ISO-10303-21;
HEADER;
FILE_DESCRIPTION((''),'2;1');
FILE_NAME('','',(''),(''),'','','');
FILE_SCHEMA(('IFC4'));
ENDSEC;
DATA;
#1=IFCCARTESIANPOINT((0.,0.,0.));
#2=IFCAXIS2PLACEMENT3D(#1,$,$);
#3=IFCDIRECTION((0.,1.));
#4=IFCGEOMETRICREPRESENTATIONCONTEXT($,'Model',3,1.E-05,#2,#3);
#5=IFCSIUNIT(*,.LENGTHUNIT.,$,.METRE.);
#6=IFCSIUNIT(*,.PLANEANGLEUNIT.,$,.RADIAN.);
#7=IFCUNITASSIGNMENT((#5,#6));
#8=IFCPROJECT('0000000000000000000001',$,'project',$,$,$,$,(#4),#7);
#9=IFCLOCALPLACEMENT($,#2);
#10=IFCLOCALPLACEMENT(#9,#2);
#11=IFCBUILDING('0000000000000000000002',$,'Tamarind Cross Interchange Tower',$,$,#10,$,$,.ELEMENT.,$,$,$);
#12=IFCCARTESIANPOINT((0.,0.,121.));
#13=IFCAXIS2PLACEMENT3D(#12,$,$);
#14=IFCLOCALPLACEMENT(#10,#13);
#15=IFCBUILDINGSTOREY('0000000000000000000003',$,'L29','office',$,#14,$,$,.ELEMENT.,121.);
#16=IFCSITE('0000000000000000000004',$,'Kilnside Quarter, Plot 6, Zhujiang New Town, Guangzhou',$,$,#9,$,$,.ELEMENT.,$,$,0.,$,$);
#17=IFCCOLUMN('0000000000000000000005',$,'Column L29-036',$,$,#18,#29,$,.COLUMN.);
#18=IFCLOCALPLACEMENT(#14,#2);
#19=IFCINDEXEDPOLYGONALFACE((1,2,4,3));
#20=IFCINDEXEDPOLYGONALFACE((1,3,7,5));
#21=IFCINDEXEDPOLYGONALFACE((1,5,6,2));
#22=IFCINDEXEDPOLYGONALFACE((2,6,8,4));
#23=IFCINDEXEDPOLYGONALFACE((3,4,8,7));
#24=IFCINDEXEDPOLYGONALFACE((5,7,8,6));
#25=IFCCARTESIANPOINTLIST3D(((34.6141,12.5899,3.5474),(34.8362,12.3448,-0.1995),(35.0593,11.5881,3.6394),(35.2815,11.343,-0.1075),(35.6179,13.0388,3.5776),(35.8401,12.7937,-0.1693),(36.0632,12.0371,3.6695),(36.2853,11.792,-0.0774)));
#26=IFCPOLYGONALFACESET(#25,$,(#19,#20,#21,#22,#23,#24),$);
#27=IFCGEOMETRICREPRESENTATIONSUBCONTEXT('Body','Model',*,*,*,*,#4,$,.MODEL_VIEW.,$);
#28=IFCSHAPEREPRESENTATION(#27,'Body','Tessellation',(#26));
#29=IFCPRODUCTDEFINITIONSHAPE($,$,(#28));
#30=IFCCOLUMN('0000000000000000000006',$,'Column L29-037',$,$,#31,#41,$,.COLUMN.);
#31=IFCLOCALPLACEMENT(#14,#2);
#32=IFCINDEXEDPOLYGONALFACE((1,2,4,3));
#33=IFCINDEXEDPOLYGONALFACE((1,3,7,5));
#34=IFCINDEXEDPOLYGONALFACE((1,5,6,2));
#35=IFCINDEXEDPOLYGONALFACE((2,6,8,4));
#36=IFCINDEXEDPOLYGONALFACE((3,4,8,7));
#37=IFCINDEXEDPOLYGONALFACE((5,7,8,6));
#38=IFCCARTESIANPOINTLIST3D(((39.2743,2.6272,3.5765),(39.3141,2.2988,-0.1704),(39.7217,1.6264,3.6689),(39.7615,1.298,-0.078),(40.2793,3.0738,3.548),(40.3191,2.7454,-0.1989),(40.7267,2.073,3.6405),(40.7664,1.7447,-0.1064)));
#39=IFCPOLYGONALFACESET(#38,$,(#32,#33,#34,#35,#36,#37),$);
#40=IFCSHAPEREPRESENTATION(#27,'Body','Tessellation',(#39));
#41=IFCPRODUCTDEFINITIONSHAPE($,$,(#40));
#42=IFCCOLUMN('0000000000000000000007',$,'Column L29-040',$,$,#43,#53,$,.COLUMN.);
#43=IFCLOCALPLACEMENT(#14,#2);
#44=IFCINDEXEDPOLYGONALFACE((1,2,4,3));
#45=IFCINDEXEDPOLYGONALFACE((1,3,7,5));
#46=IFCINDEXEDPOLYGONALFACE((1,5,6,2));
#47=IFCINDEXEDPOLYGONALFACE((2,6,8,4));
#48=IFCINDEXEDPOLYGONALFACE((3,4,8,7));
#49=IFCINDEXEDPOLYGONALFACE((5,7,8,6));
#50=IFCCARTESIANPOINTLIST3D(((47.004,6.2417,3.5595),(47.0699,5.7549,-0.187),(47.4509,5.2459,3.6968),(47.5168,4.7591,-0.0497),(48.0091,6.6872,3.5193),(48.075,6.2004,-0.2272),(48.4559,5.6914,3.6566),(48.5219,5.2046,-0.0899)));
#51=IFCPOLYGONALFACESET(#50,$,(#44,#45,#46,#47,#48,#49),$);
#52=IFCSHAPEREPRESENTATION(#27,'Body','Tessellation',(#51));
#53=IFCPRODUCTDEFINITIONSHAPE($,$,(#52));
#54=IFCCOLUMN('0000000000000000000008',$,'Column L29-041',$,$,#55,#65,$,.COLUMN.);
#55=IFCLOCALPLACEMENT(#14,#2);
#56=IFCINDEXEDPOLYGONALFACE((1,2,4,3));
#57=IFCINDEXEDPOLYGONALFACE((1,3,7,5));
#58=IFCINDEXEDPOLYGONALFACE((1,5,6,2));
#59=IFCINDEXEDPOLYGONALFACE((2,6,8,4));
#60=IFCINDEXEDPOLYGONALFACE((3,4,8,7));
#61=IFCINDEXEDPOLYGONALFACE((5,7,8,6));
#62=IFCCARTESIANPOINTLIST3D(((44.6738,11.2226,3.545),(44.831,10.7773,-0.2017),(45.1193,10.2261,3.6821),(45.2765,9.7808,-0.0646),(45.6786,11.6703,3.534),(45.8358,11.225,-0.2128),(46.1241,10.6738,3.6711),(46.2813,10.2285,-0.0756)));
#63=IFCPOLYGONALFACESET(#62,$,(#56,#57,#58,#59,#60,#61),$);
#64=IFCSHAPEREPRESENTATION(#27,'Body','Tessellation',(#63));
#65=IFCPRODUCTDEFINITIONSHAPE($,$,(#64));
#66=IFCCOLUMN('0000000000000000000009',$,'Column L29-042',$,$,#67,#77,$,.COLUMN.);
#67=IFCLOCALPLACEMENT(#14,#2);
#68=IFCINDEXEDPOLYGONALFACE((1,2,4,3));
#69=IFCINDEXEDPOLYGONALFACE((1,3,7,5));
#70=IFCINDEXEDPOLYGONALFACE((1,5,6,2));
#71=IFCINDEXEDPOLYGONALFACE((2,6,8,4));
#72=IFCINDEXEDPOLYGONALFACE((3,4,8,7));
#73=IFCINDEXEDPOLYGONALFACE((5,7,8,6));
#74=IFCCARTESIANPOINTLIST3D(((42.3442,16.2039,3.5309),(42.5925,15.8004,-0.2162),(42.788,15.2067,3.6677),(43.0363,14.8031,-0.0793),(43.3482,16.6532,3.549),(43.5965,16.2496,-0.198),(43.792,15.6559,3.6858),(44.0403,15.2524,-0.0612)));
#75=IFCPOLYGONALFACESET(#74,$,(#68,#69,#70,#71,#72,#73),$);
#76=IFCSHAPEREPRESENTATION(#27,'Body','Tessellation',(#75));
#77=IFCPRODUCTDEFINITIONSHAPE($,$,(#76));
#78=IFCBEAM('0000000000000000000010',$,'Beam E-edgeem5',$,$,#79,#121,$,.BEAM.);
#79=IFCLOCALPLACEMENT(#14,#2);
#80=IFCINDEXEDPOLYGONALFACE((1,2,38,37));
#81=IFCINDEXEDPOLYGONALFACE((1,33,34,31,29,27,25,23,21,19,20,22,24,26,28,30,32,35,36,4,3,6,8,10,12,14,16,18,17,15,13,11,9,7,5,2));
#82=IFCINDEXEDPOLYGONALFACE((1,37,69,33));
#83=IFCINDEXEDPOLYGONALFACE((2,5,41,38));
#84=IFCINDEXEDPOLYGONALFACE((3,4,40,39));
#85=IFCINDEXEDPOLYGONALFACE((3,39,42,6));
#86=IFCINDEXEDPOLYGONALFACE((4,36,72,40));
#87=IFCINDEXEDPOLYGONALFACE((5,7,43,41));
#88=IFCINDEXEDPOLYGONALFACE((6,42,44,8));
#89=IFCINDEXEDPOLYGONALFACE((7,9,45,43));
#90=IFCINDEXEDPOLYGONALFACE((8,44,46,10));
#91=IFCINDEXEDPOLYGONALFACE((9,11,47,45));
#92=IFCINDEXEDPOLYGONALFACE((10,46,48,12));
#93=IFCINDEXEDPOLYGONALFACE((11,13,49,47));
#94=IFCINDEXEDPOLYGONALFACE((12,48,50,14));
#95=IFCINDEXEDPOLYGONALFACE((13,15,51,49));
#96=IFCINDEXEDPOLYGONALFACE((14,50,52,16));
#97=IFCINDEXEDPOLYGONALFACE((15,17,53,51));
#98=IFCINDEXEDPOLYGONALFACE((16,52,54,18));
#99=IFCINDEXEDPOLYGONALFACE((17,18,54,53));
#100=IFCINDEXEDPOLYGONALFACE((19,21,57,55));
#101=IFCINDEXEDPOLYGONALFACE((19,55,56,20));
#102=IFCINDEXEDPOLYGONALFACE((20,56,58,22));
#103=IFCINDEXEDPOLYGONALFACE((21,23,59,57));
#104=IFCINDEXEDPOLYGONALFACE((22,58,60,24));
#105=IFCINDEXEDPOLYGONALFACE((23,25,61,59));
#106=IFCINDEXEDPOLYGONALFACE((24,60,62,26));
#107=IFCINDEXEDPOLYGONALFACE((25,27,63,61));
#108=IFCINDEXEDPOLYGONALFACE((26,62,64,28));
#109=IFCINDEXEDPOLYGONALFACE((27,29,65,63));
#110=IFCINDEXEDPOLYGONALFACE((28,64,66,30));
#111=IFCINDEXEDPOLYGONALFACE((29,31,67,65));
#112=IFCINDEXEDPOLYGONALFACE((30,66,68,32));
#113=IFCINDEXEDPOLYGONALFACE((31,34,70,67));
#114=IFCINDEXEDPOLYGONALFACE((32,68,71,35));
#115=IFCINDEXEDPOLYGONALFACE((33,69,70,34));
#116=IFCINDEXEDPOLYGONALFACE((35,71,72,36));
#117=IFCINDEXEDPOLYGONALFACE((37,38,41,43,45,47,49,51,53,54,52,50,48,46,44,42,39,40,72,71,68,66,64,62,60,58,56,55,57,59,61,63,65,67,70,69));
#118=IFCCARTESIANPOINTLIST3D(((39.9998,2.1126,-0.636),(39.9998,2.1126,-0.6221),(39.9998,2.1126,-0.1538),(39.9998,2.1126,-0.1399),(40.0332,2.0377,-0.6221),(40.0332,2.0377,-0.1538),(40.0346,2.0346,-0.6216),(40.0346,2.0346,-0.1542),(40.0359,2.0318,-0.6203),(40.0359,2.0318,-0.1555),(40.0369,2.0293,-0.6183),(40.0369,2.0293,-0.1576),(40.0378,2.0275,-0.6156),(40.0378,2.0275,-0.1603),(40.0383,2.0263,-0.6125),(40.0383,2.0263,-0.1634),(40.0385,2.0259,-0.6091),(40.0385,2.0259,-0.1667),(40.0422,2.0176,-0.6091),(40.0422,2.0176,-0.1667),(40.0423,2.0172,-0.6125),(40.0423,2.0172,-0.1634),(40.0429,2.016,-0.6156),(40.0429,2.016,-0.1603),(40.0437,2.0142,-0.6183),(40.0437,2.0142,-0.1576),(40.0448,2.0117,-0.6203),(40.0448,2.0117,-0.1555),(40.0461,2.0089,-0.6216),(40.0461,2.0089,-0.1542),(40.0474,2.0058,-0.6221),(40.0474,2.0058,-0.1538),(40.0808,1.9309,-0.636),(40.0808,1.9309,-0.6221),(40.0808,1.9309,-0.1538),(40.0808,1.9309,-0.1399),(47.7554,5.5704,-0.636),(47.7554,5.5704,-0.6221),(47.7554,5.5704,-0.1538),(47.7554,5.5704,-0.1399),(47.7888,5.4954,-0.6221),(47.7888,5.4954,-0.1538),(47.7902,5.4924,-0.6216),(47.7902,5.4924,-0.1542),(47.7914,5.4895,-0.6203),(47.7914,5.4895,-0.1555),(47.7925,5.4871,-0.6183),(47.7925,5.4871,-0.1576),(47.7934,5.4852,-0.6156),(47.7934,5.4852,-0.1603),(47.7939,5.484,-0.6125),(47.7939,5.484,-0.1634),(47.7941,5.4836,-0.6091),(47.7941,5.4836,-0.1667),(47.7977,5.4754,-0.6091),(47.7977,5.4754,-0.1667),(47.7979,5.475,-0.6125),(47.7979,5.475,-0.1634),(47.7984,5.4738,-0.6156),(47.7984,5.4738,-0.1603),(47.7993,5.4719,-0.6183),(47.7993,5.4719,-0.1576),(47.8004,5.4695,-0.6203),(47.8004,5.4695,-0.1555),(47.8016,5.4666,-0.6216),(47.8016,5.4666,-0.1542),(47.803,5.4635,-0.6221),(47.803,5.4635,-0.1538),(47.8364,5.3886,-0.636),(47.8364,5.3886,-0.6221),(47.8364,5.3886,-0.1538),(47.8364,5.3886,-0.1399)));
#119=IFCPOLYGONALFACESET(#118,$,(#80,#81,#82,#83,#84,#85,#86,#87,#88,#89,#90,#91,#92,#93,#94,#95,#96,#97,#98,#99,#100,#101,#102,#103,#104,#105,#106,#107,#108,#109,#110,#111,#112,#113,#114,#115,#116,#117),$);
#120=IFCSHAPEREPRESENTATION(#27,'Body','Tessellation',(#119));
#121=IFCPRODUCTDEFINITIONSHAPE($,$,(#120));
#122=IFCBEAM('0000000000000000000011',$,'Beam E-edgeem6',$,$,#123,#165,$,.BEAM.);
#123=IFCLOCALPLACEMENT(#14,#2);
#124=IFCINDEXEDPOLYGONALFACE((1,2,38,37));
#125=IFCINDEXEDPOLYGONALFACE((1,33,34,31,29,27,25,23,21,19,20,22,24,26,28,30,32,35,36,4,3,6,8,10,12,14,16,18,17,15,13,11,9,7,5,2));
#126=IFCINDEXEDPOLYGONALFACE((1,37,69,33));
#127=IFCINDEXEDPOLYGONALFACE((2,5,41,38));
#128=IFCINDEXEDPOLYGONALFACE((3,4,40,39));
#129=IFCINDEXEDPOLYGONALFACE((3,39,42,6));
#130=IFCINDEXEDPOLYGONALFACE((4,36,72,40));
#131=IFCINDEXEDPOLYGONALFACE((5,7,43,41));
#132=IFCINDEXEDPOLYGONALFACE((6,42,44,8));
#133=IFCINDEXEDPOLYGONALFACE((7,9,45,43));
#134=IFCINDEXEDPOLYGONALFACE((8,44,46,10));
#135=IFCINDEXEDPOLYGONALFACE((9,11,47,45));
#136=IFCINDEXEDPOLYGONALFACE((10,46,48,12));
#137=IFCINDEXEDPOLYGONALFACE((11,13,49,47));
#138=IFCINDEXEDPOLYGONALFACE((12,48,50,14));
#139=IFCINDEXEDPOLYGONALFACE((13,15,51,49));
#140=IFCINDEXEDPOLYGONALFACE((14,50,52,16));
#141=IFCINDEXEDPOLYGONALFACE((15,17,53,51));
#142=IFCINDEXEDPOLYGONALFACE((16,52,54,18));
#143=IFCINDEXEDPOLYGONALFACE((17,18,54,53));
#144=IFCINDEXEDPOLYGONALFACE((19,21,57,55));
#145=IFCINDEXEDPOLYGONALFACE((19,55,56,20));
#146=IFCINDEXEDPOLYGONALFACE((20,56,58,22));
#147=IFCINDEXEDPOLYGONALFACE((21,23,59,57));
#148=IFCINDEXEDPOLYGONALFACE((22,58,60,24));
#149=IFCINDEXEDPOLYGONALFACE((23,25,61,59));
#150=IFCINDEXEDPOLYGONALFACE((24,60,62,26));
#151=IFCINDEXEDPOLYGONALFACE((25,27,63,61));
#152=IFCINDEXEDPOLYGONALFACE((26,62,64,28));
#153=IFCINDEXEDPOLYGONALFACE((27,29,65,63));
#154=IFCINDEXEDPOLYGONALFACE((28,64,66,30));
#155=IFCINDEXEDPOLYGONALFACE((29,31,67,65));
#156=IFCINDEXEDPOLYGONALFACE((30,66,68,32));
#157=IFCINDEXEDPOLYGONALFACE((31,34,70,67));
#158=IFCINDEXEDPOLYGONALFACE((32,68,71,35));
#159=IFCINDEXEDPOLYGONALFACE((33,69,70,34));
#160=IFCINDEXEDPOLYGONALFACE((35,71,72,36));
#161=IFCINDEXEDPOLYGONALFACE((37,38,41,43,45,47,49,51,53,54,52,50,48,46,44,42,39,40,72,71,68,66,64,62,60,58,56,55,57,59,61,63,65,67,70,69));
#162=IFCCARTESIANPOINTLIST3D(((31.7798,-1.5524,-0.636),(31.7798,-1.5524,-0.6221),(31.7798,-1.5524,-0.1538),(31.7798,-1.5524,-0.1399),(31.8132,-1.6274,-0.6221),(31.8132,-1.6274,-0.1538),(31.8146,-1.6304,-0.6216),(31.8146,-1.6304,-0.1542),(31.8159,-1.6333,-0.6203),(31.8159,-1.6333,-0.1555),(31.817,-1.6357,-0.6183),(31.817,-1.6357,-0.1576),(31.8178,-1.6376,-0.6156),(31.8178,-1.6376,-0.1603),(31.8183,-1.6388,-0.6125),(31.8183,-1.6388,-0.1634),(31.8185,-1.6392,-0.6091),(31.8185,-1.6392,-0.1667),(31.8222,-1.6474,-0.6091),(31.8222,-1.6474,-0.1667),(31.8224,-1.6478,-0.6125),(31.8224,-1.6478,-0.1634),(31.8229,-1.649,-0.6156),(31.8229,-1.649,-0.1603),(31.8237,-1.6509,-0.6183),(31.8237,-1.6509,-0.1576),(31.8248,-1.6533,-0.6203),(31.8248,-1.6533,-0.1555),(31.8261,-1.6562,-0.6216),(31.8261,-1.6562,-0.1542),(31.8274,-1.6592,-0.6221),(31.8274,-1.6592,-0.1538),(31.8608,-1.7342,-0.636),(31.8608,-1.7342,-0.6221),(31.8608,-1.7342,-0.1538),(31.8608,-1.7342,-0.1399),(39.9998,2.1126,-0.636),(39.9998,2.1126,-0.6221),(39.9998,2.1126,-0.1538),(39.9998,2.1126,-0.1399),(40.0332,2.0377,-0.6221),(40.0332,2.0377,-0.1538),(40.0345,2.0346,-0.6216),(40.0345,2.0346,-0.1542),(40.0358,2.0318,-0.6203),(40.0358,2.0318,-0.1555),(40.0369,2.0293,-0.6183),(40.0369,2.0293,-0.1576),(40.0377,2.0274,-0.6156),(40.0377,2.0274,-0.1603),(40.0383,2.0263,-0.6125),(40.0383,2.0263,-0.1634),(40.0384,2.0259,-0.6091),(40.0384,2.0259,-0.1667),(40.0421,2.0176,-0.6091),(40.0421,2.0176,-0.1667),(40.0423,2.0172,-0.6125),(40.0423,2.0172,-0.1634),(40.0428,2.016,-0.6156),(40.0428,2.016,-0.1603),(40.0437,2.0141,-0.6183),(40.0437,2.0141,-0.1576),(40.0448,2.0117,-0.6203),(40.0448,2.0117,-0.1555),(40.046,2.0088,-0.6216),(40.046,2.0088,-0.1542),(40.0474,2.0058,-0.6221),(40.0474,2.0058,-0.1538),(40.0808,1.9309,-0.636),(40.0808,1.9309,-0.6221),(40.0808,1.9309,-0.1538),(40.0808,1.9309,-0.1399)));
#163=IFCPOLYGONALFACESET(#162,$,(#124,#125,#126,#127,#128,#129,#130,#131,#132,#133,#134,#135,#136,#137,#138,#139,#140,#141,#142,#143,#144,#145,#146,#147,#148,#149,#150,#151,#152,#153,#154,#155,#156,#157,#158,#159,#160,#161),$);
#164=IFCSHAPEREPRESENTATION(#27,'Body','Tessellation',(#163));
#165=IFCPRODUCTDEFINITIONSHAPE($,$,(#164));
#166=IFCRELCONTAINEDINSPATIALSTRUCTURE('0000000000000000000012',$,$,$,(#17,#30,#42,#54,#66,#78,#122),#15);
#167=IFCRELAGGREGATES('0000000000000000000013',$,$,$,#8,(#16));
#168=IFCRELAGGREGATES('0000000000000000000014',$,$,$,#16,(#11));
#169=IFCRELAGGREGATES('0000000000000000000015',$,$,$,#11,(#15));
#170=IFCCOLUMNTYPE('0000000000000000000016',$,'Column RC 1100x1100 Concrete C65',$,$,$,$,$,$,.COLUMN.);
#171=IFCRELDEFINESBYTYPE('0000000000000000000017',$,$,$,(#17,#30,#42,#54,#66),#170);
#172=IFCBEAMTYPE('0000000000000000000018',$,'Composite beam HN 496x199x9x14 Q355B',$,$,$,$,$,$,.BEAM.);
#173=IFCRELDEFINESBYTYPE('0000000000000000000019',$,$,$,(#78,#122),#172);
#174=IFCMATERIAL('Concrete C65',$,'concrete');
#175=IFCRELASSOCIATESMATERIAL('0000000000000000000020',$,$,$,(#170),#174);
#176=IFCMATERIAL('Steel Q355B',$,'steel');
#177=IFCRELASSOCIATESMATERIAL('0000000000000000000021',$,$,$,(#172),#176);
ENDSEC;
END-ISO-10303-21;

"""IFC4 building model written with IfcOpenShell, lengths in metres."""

from ifc_helpers import new_model, si_unit, direction, frame, origin, origin_2d, place, context, subcontext, project, spatial, rectangle, i_section, extrude, material, material_profile, profile_set, type_object, element, save


model = new_model("IFC4")

# Units and contexts
model_context = context("Model", 3, precision=1e-05, world=origin(), true_north=direction((0.0, 1.0)))
body_context = subcontext(model_context, "Body", "Model", "MODEL_VIEW")
ifc_project = project(units=[si_unit("LENGTHUNIT", "METRE"), si_unit("PLANEANGLEUNIT", "RADIAN")], contexts=[model_context])

# Site, building, storey
site_placement = place(None, origin())
site = spatial("IfcSite", under=ifc_project, at=site_placement, Name="Kilnside Quarter, Plot 6, Zhujiang New Town, Guangzhou", CompositionType="ELEMENT", RefElevation=0.0)
building_placement = place(site_placement, origin())
building = spatial("IfcBuilding", under=site, at=building_placement, Name="Tamarind Cross Interchange Tower", CompositionType="ELEMENT")
storey_placement = place(building_placement, frame((0.0, 0.0, 121.0)))
storey = spatial("IfcBuildingStorey", under=building, at=storey_placement, Name="L29", Description="office", CompositionType="ELEMENT", Elevation=121.0)

# Columns
ifc_material_1 = material(Name="Concrete C65", Category="concrete")
ifc_material_profile_1 = material_profile(ifc_material_1, rectangle(XDim=1.1001, YDim=1.1001, at=origin_2d()), Name="RC 1100x1100")
ifc_profile_set_1 = profile_set([ifc_material_profile_1], Name="Concrete C65")
column_type = type_object("IfcColumnType", Name="Column RC 1100x1100 Concrete C65", PredefinedType="COLUMN", material=ifc_profile_set_1)
for number, where, z_axis, x_axis, name in (
    (1, (35.5608, 12.0684, -0.1384), (-0.059065, 0.065166, 0.996125), (0.404734, -0.910608, 0.083571), "Column L29-036"),
    (2, (40.0403, 2.0217, -0.1384), (-0.01058, 0.0873, 0.996126), (-0.913512, -0.405988, 0.025878), "Column L29-037"),
):
    element("IfcColumn", number, at=place(storey_placement, frame(where, z_axis=z_axis, x_axis=x_axis)), inside=storey, type_object=column_type, Name=name, PredefinedType="COLUMN", context=body_context, shape_type="SweptSolid", body=[
        extrude(rectangle(XDim=1.1001, YDim=1.1001, at=origin_2d()), origin(), (0.0, 0.0, 1.0), 3.7615),
    ])
column_1_placement = place(storey_placement, frame((47.7959, 5.4797, -0.1384), z_axis=(-0.017445, 0.128833, 0.991513), x_axis=(-0.913615, -0.404936, 0.036541)))
element("IfcColumn", 3, at=column_1_placement, inside=storey, type_object=column_type, Name="Column L29-040", PredefinedType="COLUMN", context=body_context, shape_type="SweptSolid", body=[
    extrude(rectangle(XDim=1.1001, YDim=1.1001, at=origin_2d()), origin(), (0.0, 0.0, 1.0), 3.7786),
])
column_2_placement = place(storey_placement, frame((45.5562, 10.5029, -0.1387), z_axis=(-0.041633, 0.117918, 0.99215), x_axis=(-0.913389, -0.406963, 0.01004)))
element("IfcColumn", 4, at=column_2_placement, inside=storey, type_object=column_type, Name="Column L29-041", PredefinedType="COLUMN", context=body_context, shape_type="SweptSolid", body=[
    extrude(rectangle(XDim=1.1001, YDim=1.1001, at=origin_2d()), origin(), (0.0, 0.0, 1.0), 3.7764),
])
column_3_placement = place(storey_placement, frame((43.3164, 15.5264, -0.1387), z_axis=(-0.065739, 0.10685, 0.992099), x_axis=(0.403391, -0.906537, 0.124365)))
element("IfcColumn", 5, at=column_3_placement, inside=storey, type_object=column_type, Name="Column L29-042", PredefinedType="COLUMN", context=body_context, shape_type="SweptSolid", body=[
    extrude(rectangle(XDim=1.1001, YDim=1.1001, at=origin_2d()), origin(), (0.0, 0.0, 1.0), 3.7769),
])

# Beams
ifc_material_2 = material(Name="Steel Q355B", Category="steel")
ifc_material_profile_2 = material_profile(ifc_material_2, i_section(OverallWidth=0.199, OverallDepth=0.4961, WebThickness=0.009, FlangeThickness=0.0139, FilletRadius=0.0129, at=origin_2d()), Name="HN 496x199x9x14")
ifc_profile_set_2 = profile_set([ifc_material_profile_2], Name="Steel Q355B")
beam_type_1 = type_object("IfcBeamType", Name="Composite beam HN 496x199x9x14 Q355B", PredefinedType="BEAM", material=ifc_profile_set_2)
beam_1_placement = place(storey_placement, frame((47.7959, 5.4795, -0.3879), z_axis=(-0.913338, -0.407203, 0.0), x_axis=(0.407203, -0.913338, 0.0)))
element("IfcBeam", 6, at=beam_1_placement, inside=storey, type_object=beam_type_1, Name="Beam E-edgeem5", PredefinedType="BEAM", context=body_context, shape_type="SweptSolid", body=[
    extrude(i_section(OverallWidth=0.199, OverallDepth=0.4961, WebThickness=0.009, FlangeThickness=0.0139, FilletRadius=0.0129, at=origin_2d()), origin(), (0.0, 0.0, 1.0), 8.4915),
])
beam_2_placement = place(storey_placement, frame((40.0403, 2.0217, -0.3879), z_axis=(-0.913328, -0.407225, 0.0), x_axis=(0.407225, -0.913328, 0.0)))
element("IfcBeam", 7, at=beam_2_placement, inside=storey, type_object=beam_type_1, Name="Beam E-edgeem6", PredefinedType="BEAM", context=body_context, shape_type="SweptSolid", body=[
    extrude(i_section(OverallWidth=0.199, OverallDepth=0.4961, WebThickness=0.009, FlangeThickness=0.0139, FilletRadius=0.0129, at=origin_2d()), origin(), (0.0, 0.0, 1.0), 9.0),
])

save(model, "model.ifc")
